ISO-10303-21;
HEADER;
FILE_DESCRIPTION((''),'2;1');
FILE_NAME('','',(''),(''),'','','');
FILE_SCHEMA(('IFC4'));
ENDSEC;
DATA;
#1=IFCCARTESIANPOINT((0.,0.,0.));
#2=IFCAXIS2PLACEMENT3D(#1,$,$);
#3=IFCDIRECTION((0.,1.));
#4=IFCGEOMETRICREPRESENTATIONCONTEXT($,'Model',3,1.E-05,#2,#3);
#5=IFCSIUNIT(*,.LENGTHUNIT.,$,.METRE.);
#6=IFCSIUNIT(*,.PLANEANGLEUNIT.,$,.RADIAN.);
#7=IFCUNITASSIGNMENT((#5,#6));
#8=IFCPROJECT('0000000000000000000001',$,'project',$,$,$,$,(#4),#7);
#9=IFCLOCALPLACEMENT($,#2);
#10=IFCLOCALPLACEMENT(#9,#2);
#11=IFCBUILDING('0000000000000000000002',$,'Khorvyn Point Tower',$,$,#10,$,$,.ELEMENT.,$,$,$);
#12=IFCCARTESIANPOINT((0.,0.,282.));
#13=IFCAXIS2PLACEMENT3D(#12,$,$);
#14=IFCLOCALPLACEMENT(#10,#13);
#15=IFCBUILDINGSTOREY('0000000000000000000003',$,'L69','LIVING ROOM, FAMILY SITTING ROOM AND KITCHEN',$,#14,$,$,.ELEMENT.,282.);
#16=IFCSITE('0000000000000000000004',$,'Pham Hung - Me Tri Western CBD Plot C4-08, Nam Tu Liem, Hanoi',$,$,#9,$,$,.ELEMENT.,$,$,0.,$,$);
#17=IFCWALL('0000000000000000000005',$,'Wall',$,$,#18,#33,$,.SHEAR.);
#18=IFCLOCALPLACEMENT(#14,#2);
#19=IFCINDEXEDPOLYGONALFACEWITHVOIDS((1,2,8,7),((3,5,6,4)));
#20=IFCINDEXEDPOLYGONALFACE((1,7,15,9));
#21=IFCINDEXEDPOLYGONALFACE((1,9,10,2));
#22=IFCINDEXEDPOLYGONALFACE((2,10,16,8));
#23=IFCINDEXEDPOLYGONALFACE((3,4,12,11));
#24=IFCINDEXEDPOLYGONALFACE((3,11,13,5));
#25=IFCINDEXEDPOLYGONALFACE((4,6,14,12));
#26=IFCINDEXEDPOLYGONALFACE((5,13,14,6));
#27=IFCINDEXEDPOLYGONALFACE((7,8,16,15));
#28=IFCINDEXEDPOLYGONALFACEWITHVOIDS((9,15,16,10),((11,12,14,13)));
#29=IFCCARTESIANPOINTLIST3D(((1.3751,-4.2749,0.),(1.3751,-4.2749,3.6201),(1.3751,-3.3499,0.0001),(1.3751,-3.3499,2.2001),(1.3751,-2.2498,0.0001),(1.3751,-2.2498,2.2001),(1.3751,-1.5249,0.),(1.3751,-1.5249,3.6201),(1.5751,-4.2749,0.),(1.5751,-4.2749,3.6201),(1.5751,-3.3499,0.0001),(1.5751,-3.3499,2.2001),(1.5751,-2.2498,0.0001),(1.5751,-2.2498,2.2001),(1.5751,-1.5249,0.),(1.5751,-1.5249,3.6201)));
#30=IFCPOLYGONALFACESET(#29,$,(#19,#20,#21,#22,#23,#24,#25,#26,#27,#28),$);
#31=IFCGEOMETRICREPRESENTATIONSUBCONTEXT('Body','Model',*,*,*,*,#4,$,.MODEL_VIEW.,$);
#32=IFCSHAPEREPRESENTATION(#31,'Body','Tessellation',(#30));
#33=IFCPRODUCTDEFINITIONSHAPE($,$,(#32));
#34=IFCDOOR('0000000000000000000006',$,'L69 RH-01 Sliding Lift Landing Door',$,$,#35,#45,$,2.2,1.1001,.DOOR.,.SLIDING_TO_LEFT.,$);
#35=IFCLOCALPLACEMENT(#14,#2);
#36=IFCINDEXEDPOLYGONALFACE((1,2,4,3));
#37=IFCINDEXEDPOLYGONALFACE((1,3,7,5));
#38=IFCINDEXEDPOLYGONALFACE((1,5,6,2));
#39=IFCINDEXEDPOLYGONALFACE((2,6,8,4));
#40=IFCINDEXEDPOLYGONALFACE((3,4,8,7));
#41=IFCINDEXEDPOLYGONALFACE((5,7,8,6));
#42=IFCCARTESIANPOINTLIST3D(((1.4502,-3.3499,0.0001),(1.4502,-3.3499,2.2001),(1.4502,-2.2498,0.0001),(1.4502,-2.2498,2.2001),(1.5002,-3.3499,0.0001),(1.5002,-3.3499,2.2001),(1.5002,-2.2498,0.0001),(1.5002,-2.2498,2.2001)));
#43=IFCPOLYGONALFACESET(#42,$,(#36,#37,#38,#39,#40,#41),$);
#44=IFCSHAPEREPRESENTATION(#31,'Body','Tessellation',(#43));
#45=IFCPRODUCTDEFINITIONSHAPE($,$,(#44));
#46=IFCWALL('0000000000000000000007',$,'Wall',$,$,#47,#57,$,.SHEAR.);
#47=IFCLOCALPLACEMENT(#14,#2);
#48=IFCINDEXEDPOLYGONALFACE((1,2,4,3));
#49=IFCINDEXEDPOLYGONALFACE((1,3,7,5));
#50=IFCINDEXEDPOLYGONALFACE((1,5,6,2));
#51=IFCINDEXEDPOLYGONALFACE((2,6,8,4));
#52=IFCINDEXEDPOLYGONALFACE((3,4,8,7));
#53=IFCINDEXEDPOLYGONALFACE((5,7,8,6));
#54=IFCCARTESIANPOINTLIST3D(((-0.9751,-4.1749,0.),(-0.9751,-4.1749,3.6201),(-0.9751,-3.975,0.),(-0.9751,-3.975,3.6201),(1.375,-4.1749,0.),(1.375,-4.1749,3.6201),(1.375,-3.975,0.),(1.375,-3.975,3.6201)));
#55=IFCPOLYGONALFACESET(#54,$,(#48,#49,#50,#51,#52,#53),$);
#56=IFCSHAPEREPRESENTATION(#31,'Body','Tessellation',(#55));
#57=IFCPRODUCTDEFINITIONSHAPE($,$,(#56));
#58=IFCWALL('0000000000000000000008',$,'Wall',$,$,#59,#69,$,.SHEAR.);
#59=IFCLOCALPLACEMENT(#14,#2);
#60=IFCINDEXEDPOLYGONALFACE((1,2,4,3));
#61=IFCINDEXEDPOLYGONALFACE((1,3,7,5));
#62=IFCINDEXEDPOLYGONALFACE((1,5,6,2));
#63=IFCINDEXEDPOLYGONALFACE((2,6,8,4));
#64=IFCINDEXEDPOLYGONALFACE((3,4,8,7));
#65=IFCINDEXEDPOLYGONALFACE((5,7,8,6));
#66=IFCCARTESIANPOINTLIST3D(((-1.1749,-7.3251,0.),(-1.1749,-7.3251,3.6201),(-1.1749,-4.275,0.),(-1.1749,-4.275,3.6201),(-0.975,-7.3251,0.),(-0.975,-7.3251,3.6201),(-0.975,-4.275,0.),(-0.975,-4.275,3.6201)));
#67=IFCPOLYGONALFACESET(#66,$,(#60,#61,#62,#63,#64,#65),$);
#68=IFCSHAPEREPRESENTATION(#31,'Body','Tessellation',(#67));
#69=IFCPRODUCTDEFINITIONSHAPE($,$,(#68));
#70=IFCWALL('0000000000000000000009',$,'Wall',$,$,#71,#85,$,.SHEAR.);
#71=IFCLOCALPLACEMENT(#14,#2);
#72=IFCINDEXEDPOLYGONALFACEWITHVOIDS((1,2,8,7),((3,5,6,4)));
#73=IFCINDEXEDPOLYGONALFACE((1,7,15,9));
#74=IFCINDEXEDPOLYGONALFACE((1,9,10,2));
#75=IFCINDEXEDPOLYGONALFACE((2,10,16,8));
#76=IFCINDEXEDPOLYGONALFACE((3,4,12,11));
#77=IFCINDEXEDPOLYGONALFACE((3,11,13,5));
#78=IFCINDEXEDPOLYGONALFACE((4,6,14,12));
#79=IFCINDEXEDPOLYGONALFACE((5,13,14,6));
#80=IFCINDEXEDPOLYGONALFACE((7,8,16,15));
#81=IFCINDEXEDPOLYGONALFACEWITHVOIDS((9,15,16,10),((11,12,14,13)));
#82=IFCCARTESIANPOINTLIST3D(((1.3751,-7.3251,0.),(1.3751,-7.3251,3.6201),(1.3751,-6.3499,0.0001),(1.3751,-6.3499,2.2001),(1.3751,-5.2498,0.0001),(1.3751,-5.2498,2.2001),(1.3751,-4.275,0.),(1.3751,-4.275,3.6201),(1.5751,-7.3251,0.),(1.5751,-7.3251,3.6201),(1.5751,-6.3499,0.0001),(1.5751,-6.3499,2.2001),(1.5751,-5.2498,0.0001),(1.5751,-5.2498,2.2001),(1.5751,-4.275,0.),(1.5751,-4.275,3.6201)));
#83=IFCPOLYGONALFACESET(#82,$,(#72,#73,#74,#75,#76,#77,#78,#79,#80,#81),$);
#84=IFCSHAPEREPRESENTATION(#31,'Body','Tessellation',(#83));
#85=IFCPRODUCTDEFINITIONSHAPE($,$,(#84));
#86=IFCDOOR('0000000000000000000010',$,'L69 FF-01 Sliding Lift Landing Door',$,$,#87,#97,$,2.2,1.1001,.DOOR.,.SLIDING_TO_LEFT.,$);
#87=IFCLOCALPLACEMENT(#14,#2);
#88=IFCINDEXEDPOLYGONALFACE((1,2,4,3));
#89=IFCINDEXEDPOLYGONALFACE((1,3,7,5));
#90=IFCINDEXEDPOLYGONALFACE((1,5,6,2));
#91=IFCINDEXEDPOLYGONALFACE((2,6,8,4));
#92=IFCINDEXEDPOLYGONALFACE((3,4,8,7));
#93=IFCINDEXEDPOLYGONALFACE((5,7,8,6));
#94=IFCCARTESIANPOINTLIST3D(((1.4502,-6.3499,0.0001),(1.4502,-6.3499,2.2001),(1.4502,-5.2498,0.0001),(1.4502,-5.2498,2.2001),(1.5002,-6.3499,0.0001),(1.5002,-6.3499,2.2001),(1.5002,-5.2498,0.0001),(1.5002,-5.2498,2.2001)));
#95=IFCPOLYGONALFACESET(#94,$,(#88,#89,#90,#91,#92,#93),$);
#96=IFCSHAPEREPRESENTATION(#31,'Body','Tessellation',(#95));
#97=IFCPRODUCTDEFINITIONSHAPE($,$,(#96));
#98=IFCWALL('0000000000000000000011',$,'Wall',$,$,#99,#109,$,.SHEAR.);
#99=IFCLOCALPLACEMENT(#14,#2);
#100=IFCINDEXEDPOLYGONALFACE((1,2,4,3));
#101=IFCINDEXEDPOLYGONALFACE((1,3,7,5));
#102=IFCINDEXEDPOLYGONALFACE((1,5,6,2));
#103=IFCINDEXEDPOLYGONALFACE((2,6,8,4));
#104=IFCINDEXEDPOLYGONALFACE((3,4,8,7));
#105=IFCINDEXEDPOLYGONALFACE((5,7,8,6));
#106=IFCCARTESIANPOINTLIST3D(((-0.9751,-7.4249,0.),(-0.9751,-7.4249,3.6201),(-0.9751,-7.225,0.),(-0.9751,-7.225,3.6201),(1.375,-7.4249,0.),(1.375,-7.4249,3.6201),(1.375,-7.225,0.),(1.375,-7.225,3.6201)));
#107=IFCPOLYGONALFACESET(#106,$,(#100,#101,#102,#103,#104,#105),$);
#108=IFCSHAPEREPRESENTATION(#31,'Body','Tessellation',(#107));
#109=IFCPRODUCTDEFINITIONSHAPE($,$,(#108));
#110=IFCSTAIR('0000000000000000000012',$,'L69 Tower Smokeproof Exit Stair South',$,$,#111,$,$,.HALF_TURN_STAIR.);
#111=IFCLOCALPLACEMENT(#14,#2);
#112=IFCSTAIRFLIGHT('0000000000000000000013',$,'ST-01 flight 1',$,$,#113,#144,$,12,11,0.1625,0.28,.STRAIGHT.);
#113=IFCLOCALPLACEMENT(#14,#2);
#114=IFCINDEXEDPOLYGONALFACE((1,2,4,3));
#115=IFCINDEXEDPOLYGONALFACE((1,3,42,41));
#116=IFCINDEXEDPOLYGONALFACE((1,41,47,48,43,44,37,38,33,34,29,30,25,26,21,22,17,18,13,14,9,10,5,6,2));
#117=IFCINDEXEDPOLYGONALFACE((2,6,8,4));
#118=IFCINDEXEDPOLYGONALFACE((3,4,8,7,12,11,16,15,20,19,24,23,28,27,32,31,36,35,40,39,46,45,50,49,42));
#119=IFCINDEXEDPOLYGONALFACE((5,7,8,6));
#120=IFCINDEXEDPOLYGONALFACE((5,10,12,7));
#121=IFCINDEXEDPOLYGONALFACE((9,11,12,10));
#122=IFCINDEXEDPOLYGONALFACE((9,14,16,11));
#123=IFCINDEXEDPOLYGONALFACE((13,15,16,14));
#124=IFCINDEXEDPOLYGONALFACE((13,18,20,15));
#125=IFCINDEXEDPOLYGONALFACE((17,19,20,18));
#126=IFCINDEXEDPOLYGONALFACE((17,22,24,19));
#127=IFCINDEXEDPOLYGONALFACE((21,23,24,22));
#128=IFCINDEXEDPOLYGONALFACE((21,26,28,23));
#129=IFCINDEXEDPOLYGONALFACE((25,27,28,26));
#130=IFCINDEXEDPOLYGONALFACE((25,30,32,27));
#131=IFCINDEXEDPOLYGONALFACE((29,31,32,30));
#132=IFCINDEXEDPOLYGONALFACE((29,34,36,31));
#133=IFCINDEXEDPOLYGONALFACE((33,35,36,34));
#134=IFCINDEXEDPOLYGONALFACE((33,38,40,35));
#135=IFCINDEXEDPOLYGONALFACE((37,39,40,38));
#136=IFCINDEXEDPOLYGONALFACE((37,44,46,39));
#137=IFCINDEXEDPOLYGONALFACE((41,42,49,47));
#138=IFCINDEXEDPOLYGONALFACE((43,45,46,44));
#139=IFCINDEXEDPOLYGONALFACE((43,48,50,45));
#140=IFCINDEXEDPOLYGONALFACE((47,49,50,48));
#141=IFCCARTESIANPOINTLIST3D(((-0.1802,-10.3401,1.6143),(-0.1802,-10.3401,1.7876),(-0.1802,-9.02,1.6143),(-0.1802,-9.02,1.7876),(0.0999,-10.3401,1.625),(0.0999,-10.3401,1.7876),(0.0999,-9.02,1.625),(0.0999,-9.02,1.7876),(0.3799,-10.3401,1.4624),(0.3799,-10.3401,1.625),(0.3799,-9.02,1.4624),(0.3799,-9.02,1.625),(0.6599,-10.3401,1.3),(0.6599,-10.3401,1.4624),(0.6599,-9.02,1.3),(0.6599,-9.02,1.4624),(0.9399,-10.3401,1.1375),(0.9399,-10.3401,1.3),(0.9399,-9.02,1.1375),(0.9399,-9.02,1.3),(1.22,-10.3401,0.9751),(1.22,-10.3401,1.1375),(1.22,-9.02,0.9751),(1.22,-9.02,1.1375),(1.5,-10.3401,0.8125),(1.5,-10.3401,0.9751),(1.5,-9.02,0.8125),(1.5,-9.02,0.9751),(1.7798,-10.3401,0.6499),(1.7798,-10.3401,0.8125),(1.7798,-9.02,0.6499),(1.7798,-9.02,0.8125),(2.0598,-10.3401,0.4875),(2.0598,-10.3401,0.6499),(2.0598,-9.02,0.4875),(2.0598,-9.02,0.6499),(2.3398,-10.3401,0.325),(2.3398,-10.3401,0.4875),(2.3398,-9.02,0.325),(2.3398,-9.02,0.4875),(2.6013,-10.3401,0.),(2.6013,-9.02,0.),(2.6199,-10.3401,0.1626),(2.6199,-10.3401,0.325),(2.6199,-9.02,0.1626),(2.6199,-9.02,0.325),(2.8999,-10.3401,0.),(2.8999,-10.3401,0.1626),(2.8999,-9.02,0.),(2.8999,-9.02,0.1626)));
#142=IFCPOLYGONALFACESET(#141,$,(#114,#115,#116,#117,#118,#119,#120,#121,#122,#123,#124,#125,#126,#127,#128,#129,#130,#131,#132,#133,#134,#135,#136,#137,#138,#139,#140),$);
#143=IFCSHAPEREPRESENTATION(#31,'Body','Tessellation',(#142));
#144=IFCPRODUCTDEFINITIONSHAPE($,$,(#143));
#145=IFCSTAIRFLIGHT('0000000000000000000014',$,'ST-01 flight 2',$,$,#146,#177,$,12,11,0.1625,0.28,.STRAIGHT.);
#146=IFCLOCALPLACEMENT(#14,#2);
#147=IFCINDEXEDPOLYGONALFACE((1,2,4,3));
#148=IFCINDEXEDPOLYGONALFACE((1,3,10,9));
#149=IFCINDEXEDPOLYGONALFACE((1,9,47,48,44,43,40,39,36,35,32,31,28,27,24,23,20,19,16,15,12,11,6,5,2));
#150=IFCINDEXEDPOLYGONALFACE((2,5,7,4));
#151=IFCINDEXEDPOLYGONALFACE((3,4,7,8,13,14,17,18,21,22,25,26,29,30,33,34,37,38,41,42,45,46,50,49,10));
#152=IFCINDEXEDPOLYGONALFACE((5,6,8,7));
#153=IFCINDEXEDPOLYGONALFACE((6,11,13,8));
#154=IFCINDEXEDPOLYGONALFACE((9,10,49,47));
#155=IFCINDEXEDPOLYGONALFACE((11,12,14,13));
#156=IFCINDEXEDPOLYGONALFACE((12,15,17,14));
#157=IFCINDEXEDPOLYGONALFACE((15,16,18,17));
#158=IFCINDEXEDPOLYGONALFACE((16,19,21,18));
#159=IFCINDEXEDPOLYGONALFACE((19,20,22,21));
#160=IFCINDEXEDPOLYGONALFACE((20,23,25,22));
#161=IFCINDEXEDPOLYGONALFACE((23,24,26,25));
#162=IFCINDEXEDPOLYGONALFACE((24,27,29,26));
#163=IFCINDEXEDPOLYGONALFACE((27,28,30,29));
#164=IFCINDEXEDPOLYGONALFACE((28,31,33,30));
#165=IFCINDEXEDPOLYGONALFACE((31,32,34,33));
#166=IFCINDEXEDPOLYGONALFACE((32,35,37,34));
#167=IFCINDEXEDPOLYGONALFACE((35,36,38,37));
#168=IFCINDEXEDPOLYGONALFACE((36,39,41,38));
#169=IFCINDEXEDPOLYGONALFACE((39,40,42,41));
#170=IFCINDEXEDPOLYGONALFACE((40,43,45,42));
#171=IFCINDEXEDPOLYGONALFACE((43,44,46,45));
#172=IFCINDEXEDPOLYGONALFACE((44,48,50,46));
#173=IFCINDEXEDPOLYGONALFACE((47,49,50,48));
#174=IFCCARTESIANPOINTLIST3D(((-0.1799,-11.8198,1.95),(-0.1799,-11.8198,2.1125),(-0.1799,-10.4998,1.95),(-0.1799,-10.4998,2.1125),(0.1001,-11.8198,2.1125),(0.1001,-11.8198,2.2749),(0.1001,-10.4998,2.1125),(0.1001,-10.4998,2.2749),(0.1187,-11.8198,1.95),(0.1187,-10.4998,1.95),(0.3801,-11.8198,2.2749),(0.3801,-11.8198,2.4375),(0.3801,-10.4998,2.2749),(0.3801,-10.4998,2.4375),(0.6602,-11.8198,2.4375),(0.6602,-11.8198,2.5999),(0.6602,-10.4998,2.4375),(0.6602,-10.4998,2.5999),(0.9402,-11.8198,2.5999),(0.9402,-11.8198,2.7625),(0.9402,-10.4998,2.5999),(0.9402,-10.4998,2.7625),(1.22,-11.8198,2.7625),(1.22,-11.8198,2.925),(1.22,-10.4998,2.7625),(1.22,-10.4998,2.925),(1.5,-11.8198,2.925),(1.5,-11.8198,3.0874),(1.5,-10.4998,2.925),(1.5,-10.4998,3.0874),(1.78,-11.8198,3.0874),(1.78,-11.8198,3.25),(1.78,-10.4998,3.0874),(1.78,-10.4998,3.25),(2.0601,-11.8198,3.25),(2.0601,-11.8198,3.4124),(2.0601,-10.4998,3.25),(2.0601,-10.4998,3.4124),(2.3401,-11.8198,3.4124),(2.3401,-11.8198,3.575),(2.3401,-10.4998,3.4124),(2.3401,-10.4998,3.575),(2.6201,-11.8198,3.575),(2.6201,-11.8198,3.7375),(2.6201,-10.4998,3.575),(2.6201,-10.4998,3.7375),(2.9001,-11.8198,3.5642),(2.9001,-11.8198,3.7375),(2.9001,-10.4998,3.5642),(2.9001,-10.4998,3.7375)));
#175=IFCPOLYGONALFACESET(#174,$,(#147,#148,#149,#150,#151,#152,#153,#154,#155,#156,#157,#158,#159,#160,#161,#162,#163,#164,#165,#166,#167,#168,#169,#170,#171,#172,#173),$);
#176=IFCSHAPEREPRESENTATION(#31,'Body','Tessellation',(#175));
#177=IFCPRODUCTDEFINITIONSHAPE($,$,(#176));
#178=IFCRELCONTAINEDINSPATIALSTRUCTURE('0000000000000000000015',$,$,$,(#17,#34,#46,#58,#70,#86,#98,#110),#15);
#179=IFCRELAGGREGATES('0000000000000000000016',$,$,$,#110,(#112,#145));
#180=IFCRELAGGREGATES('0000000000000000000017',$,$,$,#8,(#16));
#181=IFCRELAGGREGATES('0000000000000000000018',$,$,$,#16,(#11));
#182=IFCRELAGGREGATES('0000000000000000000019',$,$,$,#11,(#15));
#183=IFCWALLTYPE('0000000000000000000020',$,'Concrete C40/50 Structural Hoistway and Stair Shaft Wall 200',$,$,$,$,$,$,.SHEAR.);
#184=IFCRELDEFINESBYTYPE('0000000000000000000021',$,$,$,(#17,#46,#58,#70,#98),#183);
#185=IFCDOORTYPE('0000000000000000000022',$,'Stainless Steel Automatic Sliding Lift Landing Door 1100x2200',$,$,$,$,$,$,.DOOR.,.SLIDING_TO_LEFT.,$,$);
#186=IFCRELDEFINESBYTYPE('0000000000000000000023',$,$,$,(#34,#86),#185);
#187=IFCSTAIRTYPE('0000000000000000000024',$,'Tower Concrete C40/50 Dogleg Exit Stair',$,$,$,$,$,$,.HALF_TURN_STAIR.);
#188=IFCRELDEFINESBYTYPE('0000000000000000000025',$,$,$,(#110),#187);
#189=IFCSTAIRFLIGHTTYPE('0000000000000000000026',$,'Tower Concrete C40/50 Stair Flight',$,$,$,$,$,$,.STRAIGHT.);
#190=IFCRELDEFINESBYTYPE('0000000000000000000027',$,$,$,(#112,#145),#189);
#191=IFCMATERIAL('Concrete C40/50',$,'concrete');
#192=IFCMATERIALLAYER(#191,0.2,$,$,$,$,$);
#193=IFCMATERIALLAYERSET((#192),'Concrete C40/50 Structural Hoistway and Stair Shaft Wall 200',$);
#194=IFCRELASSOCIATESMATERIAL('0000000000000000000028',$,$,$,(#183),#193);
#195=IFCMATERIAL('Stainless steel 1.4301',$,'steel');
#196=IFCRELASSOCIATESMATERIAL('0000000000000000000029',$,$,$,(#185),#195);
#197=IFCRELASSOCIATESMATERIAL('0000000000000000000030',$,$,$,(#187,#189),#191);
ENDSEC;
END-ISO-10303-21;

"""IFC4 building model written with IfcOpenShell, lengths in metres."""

from ifc_helpers import new_model, si_unit, direction, frame, frame_2d, origin, place, context, subcontext, project, spatial, polyline, rectangle, outline, extrude, material, layer, layer_set, type_object, element, fill, aggregate, save


model = new_model("IFC4")

# Units and contexts
model_context = context("Model", 3, precision=1e-05, world=origin(), true_north=direction((0.0, 1.0)))
body_context = subcontext(model_context, "Body", "Model", "MODEL_VIEW")
ifc_project = project(units=[si_unit("LENGTHUNIT", "METRE"), si_unit("PLANEANGLEUNIT", "RADIAN")], contexts=[model_context])

# Site, building, storey
site_placement = place(None, origin())
site = spatial("IfcSite", under=ifc_project, at=site_placement, Name="Pham Hung - Me Tri Western CBD Plot C4-08, Nam Tu Liem, Hanoi", CompositionType="ELEMENT", RefElevation=0.0)
building_placement = place(site_placement, origin())
building = spatial("IfcBuilding", under=site, at=building_placement, Name="Khorvyn Point Tower", CompositionType="ELEMENT")
storey_placement = place(building_placement, frame((0.0, 0.0, 282.0)))
storey = spatial("IfcBuildingStorey", under=building, at=storey_placement, Name="L69", Description="LIVING ROOM, FAMILY SITTING ROOM AND KITCHEN", CompositionType="ELEMENT", Elevation=282.0)

# Shared definitions
ifc_material_1 = material(Name="Concrete C40/50", Category="concrete")

# Shared definitions
ifc_layer_1 = layer(ifc_material_1, 0.2)
ifc_layer_set_1 = layer_set([ifc_layer_1], Name="Concrete C40/50 Structural Hoistway and Stair Shaft Wall 200")
wall_type_1 = type_object("IfcWallType", Name="Concrete C40/50 Structural Hoistway and Stair Shaft Wall 200", PredefinedType="SHEAR", material=ifc_layer_set_1)

# Wall, opening, door
wall_1_placement = place(storey_placement, frame((1.4751, -4.2749, 0.0), z_axis=(0.0, 0.0, 1.0), x_axis=(0.0, 1.0, 0.0)))
wall_1 = element("IfcWall", 1, at=wall_1_placement, inside=storey, type_object=wall_type_1, Name="Wall", PredefinedType="SHEAR", context=body_context, shape_type="SweptSolid", body=[
    extrude(rectangle(XDim=2.75, YDim=0.2, at=frame_2d((1.375, 0.0))), origin(), (0.0, 0.0, 1.0), 3.6201),
])
opening_1_placement = place(wall_1_placement, frame((0.925, 0.0, 0.0)))
opening_1 = element("IfcOpeningElement", 2, at=opening_1_placement, cuts=wall_1, PredefinedType="OPENING", context=body_context, shape_type="SweptSolid", body=[
    extrude(rectangle(XDim=1.1001, YDim=2.2, at=frame_2d((0.55, 1.1001))), frame((0.0, 0.1099, 0.0), z_axis=(0.0, -1.0, 0.0), x_axis=(1.0, 0.0, 0.0)), (0.0, 0.0, 1.0), 0.22),
])
ifc_material_2 = material(Name="Stainless steel 1.4301", Category="steel")
door_type_1 = type_object("IfcDoorType", Name="Stainless Steel Automatic Sliding Lift Landing Door 1100x2200", OperationType="SLIDING_TO_LEFT", PredefinedType="DOOR", material=ifc_material_2)
door_1_placement = place(opening_1_placement, origin())
door_1 = element("IfcDoor", 3, at=door_1_placement, inside=storey, type_object=door_type_1, Name="L69 RH-01 Sliding Lift Landing Door", OperationType="SLIDING_TO_LEFT", OverallHeight=2.2, OverallWidth=1.1001, PredefinedType="DOOR", context=body_context, shape_type="SweptSolid", body=[
    extrude(rectangle(XDim=1.1001, YDim=2.2, at=frame_2d((0.55, 1.1001))), frame((0.0, 0.0249, 0.0), z_axis=(0.0, -1.0, 0.0), x_axis=(1.0, 0.0, 0.0)), (0.0, 0.0, 1.0), 0.05),
])
fill(opening_1, door_1)

# Walls
wall_2_placement = place(storey_placement, frame((-0.9751, -4.075, 0.0), z_axis=(0.0, 0.0, 1.0), x_axis=(1.0, 0.0, 0.0)))
element("IfcWall", 4, at=wall_2_placement, inside=storey, type_object=wall_type_1, Name="Wall", PredefinedType="SHEAR", context=body_context, shape_type="SweptSolid", body=[
    extrude(rectangle(XDim=2.3501, YDim=0.2, at=frame_2d((1.175, 0.0))), origin(), (0.0, 0.0, 1.0), 3.6201),
])
wall_3_placement = place(storey_placement, frame((-1.075, -7.325, 0.0), z_axis=(0.0, 0.0, 1.0), x_axis=(0.0, 1.0, 0.0)))
element("IfcWall", 5, at=wall_3_placement, inside=storey, type_object=wall_type_1, Name="Wall", PredefinedType="SHEAR", context=body_context, shape_type="SweptSolid", body=[
    extrude(rectangle(XDim=3.05, YDim=0.2, at=frame_2d((1.5249, 0.0))), origin(), (0.0, 0.0, 1.0), 3.6201),
])

# Wall, opening, door
wall_4_placement = place(storey_placement, frame((1.4751, -7.325, 0.0), z_axis=(0.0, 0.0, 1.0), x_axis=(0.0, 1.0, 0.0)))
wall_4 = element("IfcWall", 6, at=wall_4_placement, inside=storey, type_object=wall_type_1, Name="Wall", PredefinedType="SHEAR", context=body_context, shape_type="SweptSolid", body=[
    extrude(rectangle(XDim=3.05, YDim=0.2, at=frame_2d((1.5249, 0.0))), origin(), (0.0, 0.0, 1.0), 3.6201),
])
opening_2_placement = place(wall_4_placement, frame((0.9751, 0.0, 0.0)))
opening_2 = element("IfcOpeningElement", 7, at=opening_2_placement, cuts=wall_4, PredefinedType="OPENING", context=body_context, shape_type="SweptSolid", body=[
    extrude(rectangle(XDim=1.1001, YDim=2.2, at=frame_2d((0.55, 1.1001))), frame((0.0, 0.1099, 0.0), z_axis=(0.0, -1.0, 0.0), x_axis=(1.0, 0.0, 0.0)), (0.0, 0.0, 1.0), 0.22),
])
door_2_placement = place(opening_2_placement, origin())
door_2 = element("IfcDoor", 8, at=door_2_placement, inside=storey, type_object=door_type_1, Name="L69 FF-01 Sliding Lift Landing Door", OperationType="SLIDING_TO_LEFT", OverallHeight=2.2, OverallWidth=1.1001, PredefinedType="DOOR", context=body_context, shape_type="SweptSolid", body=[
    extrude(rectangle(XDim=1.1001, YDim=2.2, at=frame_2d((0.55, 1.1001))), frame((0.0, 0.0249, 0.0), z_axis=(0.0, -1.0, 0.0), x_axis=(1.0, 0.0, 0.0)), (0.0, 0.0, 1.0), 0.05),
])
fill(opening_2, door_2)

# Wall
wall_5_placement = place(storey_placement, frame((-0.9751, -7.325, 0.0), z_axis=(0.0, 0.0, 1.0), x_axis=(1.0, 0.0, 0.0)))
element("IfcWall", 9, at=wall_5_placement, inside=storey, type_object=wall_type_1, Name="Wall", PredefinedType="SHEAR", context=body_context, shape_type="SweptSolid", body=[
    extrude(rectangle(XDim=2.3501, YDim=0.2, at=frame_2d((1.175, 0.0))), origin(), (0.0, 0.0, 1.0), 3.6201),
])

# Stair, stair flights
stair_type = type_object("IfcStairType", Name="Tower Concrete C40/50 Dogleg Exit Stair", PredefinedType="HALF_TURN_STAIR", material=ifc_material_1)
stair_placement = place(storey_placement, origin())
stair = element("IfcStair", 10, at=stair_placement, inside=storey, type_object=stair_type, Name="L69 Tower Smokeproof Exit Stair South", PredefinedType="HALF_TURN_STAIR")
stair_flight_type = type_object("IfcStairFlightType", Name="Tower Concrete C40/50 Stair Flight", PredefinedType="STRAIGHT", material=ifc_material_1)
stair_flight_1_placement = place(storey_placement, frame((2.8999, -9.6799, 0.0), z_axis=(0.0, 0.0, 1.0), x_axis=(-1.0, 0.0, 0.0)))
stair_flight_1 = element("IfcStairFlight", 11, at=stair_flight_1_placement, type_object=stair_flight_type, Name="ST-01 flight 1", NumberOfRisers=12, NumberOfTreads=11, PredefinedType="STRAIGHT", RiserHeight=0.1625, TreadLength=0.28, context=body_context, shape_type="SweptSolid", body=[
    extrude(outline(polyline([(0.0, 0.0), (0.0, 0.1626), (0.28, 0.1626), (0.28, 0.325), (0.5601, 0.325), (0.5601, 0.4875), (0.8401, 0.4875), (0.8401, 0.6499), (1.1201, 0.6499), (1.1201, 0.8125), (1.3999, 0.8125), (1.3999, 0.9751), (1.6799, 0.9751), (1.6799, 1.1375), (1.96, 1.1375), (1.96, 1.3), (2.24, 1.3), (2.24, 1.4624), (2.52, 1.4624), (2.52, 1.625), (2.8, 1.625), (2.8, 1.7876), (3.0801, 1.7876), (3.0801, 1.95), (3.0801, 1.6143), (0.2986, 0.0), (0.0, 0.0)])), frame((0.0, 0.6602, 0.0), z_axis=(0.0, -1.0, 0.0), x_axis=(1.0, 0.0, 0.0)), (0.0, 0.0, 1.0), 1.3201),
])
stair_flight_2_placement = place(storey_placement, frame((-0.1799, -11.1599, 1.95), z_axis=(0.0, 0.0, 1.0), x_axis=(1.0, 0.0, 0.0)))
stair_flight_2 = element("IfcStairFlight", 12, at=stair_flight_2_placement, type_object=stair_flight_type, Name="ST-01 flight 2", NumberOfRisers=12, NumberOfTreads=11, PredefinedType="STRAIGHT", RiserHeight=0.1625, TreadLength=0.28, context=body_context, shape_type="SweptSolid", body=[
    extrude(outline(polyline([(0.0, 0.0), (0.0, 0.1626), (0.28, 0.1626), (0.28, 0.325), (0.5601, 0.325), (0.5601, 0.4875), (0.8401, 0.4875), (0.8401, 0.6499), (1.1201, 0.6499), (1.1201, 0.8125), (1.3999, 0.8125), (1.3999, 0.9751), (1.6799, 0.9751), (1.6799, 1.1375), (1.96, 1.1375), (1.96, 1.3), (2.24, 1.3), (2.24, 1.4624), (2.52, 1.4624), (2.52, 1.625), (2.8, 1.625), (2.8, 1.7876), (3.0801, 1.7876), (3.0801, 1.95), (3.0801, 1.6143), (0.2986, 0.0), (0.0, 0.0)])), frame((0.0, 0.6602, 0.0), z_axis=(0.0, -1.0, 0.0), x_axis=(1.0, 0.0, 0.0)), (0.0, 0.0, 1.0), 1.3201),
])
aggregate(stair, [stair_flight_1, stair_flight_2])

save(model, "model.ifc")
